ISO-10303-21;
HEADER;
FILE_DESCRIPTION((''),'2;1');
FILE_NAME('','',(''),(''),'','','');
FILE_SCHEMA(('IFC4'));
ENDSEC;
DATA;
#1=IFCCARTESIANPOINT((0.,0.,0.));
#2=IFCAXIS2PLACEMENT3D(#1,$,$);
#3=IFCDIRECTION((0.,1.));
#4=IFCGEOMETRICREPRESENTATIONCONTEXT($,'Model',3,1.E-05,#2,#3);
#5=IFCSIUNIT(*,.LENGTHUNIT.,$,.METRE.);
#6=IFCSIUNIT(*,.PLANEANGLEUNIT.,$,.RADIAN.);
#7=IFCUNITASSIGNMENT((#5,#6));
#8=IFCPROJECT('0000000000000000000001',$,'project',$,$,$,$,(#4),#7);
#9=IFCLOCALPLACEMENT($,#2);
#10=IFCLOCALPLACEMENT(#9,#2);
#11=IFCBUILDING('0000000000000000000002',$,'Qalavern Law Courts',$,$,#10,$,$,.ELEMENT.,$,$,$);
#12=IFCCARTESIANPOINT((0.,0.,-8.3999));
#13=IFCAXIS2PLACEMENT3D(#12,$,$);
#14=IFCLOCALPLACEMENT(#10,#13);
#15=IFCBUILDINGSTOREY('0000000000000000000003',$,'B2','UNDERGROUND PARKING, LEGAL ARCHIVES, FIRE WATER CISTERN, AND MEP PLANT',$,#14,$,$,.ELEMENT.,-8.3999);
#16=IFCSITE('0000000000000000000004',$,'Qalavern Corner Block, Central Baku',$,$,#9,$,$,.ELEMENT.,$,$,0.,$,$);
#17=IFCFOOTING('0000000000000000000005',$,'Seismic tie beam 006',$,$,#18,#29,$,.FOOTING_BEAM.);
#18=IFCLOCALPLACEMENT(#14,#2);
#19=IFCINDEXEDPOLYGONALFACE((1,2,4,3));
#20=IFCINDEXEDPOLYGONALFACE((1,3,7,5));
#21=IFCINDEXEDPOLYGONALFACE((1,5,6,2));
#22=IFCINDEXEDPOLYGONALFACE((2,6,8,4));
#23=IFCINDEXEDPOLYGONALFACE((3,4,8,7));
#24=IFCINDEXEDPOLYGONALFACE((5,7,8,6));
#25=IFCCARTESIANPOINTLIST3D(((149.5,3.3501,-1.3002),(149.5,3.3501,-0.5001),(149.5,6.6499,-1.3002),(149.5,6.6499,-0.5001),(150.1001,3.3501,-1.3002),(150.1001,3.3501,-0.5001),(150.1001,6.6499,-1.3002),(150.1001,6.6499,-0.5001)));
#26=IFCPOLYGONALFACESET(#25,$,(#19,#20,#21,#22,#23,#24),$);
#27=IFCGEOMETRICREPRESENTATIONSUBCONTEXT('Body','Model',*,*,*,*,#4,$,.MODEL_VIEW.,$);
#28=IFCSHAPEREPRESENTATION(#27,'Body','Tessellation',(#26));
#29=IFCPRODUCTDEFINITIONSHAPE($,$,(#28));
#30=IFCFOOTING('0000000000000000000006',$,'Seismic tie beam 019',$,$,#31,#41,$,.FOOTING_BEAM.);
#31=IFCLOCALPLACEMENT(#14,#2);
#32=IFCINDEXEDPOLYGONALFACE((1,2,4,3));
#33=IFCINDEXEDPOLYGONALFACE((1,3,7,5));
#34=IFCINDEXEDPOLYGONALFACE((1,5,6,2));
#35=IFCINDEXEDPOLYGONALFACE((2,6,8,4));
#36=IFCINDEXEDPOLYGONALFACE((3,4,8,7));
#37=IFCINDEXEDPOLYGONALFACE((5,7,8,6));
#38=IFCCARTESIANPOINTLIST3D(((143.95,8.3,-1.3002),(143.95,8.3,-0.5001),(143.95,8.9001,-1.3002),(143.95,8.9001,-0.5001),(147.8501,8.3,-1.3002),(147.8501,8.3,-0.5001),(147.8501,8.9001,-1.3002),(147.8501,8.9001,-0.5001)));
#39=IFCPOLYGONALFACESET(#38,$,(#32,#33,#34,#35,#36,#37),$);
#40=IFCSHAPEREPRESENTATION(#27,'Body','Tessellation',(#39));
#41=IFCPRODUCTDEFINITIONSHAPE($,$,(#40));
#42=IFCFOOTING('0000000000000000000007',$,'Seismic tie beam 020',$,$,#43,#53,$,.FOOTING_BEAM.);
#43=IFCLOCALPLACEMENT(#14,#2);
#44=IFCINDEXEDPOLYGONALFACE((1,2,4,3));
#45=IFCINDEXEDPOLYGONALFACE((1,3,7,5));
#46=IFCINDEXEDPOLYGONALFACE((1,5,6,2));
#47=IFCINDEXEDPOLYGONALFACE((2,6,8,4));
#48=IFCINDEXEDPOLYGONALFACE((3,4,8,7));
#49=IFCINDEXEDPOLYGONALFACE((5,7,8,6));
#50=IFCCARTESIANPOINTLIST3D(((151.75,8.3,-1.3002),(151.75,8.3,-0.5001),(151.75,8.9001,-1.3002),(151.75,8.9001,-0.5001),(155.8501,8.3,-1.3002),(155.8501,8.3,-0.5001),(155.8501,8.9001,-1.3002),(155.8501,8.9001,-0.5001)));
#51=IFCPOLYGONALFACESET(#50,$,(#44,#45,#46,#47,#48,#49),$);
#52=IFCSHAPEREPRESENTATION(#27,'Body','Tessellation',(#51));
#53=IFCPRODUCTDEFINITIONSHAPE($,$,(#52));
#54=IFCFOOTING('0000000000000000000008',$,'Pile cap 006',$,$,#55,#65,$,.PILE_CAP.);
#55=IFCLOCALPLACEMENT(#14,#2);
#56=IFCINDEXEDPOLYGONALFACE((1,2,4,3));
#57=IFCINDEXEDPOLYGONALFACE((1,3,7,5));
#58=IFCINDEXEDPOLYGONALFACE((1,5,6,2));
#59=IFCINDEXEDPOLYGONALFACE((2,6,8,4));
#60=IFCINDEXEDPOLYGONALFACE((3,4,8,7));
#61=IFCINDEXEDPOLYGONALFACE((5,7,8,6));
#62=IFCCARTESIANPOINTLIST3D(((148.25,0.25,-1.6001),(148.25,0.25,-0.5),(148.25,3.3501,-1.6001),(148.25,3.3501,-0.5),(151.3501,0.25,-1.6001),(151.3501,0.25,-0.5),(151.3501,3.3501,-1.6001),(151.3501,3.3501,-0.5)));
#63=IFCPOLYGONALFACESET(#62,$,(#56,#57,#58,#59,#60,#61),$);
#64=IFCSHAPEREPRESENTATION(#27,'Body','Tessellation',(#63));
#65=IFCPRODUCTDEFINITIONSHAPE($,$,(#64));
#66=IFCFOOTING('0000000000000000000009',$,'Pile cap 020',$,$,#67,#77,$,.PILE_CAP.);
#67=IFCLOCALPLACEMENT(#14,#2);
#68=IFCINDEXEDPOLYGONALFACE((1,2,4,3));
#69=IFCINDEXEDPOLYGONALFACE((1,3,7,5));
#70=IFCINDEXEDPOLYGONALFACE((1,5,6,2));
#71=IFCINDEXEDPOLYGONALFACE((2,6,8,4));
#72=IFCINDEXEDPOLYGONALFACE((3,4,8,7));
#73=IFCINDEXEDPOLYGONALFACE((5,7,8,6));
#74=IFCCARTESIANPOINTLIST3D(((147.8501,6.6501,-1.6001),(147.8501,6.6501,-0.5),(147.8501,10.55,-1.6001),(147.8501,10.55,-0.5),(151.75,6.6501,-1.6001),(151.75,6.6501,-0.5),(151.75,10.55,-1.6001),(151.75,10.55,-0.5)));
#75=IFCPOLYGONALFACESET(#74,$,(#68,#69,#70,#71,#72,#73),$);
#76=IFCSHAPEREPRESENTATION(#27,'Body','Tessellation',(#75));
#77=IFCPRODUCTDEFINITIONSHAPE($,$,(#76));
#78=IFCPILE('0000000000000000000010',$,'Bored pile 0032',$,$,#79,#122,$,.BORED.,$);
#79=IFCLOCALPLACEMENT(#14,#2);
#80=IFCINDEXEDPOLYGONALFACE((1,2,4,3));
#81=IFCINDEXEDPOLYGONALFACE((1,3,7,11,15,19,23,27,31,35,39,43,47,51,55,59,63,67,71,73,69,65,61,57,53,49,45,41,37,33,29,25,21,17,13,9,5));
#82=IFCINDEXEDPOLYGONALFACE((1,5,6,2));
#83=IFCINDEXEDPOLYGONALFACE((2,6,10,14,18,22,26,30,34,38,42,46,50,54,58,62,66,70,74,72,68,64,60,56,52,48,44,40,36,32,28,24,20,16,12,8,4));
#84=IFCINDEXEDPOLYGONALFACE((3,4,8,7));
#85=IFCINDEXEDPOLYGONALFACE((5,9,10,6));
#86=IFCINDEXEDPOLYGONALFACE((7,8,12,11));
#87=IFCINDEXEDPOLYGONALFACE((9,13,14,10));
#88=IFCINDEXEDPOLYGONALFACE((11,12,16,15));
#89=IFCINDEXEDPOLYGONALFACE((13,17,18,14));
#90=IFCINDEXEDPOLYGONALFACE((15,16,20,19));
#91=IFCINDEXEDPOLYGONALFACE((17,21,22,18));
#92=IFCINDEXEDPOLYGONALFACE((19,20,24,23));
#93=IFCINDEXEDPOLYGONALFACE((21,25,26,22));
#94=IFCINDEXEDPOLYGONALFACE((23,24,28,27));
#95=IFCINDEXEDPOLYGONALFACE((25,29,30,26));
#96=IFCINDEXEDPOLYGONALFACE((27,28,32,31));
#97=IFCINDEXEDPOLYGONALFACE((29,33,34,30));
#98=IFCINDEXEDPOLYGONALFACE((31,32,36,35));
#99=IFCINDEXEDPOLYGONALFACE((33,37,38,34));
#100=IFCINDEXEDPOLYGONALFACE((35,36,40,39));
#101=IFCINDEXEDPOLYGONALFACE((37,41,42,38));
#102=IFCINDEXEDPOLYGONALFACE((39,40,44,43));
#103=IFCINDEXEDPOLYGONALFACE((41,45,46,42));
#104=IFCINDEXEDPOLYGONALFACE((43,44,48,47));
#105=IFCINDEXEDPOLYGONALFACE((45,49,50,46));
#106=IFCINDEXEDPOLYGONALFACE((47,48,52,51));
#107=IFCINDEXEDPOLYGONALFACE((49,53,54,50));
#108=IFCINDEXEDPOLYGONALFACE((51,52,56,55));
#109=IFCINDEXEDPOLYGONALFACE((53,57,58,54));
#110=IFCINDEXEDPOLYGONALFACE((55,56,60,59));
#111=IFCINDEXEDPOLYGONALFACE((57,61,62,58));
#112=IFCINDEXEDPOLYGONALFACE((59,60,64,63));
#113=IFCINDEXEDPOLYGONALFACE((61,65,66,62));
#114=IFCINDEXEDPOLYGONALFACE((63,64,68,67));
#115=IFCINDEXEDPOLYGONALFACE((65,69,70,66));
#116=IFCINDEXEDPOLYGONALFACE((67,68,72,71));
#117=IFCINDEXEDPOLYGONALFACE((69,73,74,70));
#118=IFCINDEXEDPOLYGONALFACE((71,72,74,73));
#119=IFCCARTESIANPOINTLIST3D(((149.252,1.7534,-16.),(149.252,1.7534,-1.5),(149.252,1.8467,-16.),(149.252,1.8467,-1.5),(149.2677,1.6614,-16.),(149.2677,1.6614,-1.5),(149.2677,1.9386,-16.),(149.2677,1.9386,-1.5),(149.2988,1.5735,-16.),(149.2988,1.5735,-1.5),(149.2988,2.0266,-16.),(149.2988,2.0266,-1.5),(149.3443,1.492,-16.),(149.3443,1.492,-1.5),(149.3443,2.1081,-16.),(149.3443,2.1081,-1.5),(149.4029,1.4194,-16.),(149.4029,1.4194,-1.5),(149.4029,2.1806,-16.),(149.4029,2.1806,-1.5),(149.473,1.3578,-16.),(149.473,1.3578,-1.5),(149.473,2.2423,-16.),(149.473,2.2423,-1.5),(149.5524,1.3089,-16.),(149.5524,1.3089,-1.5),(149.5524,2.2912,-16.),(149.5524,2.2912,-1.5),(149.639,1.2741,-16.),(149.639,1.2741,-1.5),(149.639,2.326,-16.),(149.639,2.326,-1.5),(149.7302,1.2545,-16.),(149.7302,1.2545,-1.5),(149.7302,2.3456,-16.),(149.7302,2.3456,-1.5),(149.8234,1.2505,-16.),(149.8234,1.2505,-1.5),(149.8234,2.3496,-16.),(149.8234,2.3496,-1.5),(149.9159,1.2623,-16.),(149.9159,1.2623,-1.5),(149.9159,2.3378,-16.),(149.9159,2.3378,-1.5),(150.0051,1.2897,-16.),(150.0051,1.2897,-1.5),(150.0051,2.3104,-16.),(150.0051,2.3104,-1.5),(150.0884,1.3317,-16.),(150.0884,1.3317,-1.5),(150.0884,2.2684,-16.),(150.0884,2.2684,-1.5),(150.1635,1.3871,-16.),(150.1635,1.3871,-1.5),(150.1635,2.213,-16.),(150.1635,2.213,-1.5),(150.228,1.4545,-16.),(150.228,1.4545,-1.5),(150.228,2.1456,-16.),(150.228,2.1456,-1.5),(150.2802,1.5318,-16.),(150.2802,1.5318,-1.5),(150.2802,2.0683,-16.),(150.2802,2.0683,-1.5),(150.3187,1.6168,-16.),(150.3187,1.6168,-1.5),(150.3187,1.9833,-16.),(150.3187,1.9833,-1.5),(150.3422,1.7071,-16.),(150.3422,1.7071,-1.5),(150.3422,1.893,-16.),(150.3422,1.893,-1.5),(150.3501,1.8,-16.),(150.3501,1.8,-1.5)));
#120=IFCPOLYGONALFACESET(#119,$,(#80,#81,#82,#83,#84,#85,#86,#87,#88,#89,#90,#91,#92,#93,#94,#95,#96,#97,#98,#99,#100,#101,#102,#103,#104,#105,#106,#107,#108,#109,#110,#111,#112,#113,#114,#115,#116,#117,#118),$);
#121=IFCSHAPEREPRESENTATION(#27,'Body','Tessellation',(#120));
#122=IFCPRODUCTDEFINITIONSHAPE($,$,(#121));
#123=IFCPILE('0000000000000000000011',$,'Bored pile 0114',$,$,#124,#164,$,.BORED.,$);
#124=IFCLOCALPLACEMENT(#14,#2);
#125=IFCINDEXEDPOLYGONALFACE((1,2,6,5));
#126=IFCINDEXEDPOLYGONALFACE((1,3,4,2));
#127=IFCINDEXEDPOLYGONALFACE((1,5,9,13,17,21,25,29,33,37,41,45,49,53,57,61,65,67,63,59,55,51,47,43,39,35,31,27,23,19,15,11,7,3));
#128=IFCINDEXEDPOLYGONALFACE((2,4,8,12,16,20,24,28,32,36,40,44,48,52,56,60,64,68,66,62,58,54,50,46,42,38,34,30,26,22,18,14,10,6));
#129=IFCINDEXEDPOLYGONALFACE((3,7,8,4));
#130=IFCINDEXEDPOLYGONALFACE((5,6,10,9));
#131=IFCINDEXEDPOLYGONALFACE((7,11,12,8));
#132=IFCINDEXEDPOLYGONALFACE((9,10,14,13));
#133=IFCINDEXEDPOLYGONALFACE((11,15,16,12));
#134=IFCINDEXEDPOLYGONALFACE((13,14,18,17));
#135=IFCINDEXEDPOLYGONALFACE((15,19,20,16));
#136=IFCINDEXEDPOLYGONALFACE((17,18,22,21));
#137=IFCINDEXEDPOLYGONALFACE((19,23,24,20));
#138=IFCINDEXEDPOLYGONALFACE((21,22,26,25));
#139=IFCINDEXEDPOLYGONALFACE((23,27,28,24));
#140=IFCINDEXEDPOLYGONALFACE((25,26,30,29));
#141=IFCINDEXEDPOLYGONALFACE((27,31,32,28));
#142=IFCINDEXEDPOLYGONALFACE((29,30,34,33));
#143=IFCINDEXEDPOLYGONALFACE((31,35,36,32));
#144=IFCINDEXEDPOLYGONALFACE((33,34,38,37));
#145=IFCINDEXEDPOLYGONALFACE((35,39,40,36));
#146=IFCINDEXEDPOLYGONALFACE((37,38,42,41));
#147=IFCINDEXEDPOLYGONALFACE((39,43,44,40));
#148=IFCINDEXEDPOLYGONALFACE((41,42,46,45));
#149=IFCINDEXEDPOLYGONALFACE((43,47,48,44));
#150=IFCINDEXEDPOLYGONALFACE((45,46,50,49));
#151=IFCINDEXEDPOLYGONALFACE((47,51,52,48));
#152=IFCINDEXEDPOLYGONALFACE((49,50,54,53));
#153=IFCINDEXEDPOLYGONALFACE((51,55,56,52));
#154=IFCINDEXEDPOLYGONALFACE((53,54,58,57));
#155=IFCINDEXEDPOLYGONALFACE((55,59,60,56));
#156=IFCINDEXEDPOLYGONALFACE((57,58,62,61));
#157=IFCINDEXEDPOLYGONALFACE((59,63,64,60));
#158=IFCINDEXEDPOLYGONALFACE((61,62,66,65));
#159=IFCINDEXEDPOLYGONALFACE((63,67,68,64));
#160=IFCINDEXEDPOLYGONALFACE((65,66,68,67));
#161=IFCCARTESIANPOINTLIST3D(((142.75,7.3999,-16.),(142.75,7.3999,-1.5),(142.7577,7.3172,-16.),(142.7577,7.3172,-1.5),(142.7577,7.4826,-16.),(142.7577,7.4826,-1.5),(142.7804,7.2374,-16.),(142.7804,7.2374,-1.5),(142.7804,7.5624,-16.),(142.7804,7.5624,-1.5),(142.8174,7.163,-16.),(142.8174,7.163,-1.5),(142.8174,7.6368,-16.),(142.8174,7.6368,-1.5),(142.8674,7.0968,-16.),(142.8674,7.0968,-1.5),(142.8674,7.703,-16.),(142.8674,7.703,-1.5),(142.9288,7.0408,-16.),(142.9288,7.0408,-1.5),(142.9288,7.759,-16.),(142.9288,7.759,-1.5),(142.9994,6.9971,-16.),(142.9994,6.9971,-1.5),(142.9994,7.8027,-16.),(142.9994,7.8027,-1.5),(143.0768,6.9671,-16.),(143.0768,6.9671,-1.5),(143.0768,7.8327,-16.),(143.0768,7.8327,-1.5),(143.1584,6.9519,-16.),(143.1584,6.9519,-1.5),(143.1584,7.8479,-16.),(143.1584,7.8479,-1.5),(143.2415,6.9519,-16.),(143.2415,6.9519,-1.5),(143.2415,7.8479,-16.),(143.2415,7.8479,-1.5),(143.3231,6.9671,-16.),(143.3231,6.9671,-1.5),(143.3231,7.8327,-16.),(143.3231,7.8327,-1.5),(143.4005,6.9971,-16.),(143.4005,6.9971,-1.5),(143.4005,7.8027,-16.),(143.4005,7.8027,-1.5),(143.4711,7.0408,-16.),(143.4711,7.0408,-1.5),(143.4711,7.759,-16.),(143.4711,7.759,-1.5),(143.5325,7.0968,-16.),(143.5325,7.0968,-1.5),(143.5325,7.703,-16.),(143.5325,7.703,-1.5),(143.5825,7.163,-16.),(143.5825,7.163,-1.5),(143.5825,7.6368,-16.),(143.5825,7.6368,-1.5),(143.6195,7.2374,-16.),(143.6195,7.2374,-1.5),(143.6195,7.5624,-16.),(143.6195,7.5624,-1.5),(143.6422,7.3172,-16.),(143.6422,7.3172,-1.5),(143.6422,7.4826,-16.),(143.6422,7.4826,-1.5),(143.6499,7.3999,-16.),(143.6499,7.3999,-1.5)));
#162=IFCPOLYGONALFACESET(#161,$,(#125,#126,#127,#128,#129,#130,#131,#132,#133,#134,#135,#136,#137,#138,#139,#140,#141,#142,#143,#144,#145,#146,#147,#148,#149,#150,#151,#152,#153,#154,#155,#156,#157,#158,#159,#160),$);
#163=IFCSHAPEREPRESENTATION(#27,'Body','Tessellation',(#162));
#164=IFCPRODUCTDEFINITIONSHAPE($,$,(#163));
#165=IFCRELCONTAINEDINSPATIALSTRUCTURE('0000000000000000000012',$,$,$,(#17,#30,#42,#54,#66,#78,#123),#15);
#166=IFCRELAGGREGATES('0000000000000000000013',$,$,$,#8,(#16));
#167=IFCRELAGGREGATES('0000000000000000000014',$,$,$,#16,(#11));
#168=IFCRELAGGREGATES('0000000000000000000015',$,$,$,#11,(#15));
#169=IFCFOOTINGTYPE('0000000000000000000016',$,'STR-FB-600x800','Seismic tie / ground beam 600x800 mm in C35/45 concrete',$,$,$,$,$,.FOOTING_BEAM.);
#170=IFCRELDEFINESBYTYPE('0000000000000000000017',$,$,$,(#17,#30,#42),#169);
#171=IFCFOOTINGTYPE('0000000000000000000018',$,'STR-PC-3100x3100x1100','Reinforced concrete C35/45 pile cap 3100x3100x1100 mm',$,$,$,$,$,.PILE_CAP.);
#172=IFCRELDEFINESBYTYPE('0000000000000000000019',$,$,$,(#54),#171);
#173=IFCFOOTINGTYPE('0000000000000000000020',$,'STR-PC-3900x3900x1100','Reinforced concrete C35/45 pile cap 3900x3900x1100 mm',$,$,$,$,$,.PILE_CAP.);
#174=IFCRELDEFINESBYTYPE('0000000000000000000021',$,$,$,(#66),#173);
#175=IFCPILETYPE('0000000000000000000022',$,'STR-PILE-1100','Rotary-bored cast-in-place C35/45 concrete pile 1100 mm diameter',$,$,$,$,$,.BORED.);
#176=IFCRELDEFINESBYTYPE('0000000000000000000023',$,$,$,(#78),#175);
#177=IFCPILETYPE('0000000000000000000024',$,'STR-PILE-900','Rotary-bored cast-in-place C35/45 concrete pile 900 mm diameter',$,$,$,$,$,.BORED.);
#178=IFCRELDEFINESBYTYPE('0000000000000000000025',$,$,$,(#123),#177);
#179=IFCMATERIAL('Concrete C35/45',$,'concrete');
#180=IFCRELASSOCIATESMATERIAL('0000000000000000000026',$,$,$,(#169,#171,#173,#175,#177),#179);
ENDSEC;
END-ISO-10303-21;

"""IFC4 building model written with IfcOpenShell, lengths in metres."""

from ifc_helpers import new_model, si_unit, direction, frame, origin, origin_2d, place, context, subcontext, project, spatial, rectangle, circle, extrude, material, material_profile, profile_set, type_object, element, save


model = new_model("IFC4")

# Units and contexts
model_context = context("Model", 3, precision=1e-05, world=origin(), true_north=direction((0.0, 1.0)))
body_context = subcontext(model_context, "Body", "Model", "MODEL_VIEW")
ifc_project = project(units=[si_unit("LENGTHUNIT", "METRE"), si_unit("PLANEANGLEUNIT", "RADIAN")], contexts=[model_context])

# Site, building, storey
site_placement = place(None, origin())
site = spatial("IfcSite", under=ifc_project, at=site_placement, Name="Qalavern Corner Block, Central Baku", CompositionType="ELEMENT", RefElevation=0.0)
building_placement = place(site_placement, origin())
building = spatial("IfcBuilding", under=site, at=building_placement, Name="Qalavern Law Courts", CompositionType="ELEMENT")
storey_placement = place(building_placement, frame((0.0, 0.0, -8.3999)))
storey = spatial("IfcBuildingStorey", under=building, at=storey_placement, Name="B2", Description="UNDERGROUND PARKING, LEGAL ARCHIVES, FIRE WATER CISTERN, AND MEP PLANT", CompositionType="ELEMENT", Elevation=-8.3999)

# Footings
ifc_material_1 = material(Name="Concrete C35/45", Category="concrete")
ifc_material_profile_1 = material_profile(ifc_material_1, rectangle(XDim=0.6001, YDim=0.8, at=origin_2d()), Name="RC 600x800")
ifc_profile_set_1 = profile_set([ifc_material_profile_1], Name="Concrete C35/45")
footing_type_1 = type_object("IfcFootingType", Name="STR-FB-600x800", Description="Seismic tie / ground beam 600x800 mm in C35/45 concrete", PredefinedType="FOOTING_BEAM", material=ifc_profile_set_1)
footing_1_placement = place(storey_placement, frame((149.8, 3.3501, -0.9001), z_axis=(0.0, 1.0, 0.0), x_axis=(-1.0, 0.0, 0.0)))
element("IfcFooting", 1, at=footing_1_placement, inside=storey, type_object=footing_type_1, Name="Seismic tie beam 006", PredefinedType="FOOTING_BEAM", context=body_context, shape_type="SweptSolid", body=[
    extrude(rectangle(XDim=0.6001, YDim=0.8, at=origin_2d()), origin(), (0.0, 0.0, 1.0), 3.2998),
])
footing_2_placement = place(storey_placement, frame((143.95, 8.6001, -0.9001), z_axis=(1.0, 0.0, 0.0), x_axis=(0.0, 1.0, 0.0)))
element("IfcFooting", 2, at=footing_2_placement, inside=storey, type_object=footing_type_1, Name="Seismic tie beam 019", PredefinedType="FOOTING_BEAM", context=body_context, shape_type="SweptSolid", body=[
    extrude(rectangle(XDim=0.6001, YDim=0.8, at=origin_2d()), origin(), (0.0, 0.0, 1.0), 3.9001),
])
footing_3_placement = place(storey_placement, frame((151.75, 8.6001, -0.9001), z_axis=(1.0, 0.0, 0.0), x_axis=(0.0, 1.0, 0.0)))
element("IfcFooting", 3, at=footing_3_placement, inside=storey, type_object=footing_type_1, Name="Seismic tie beam 020", PredefinedType="FOOTING_BEAM", context=body_context, shape_type="SweptSolid", body=[
    extrude(rectangle(XDim=0.6001, YDim=0.8, at=origin_2d()), origin(), (0.0, 0.0, 1.0), 4.1001),
])
footing_type_2 = type_object("IfcFootingType", Name="STR-PC-3100x3100x1100", Description="Reinforced concrete C35/45 pile cap 3100x3100x1100 mm", PredefinedType="PILE_CAP", material=ifc_material_1)
footing_4_placement = place(storey_placement, frame((149.8, 1.8, -1.6001), z_axis=(0.0, 0.0, 1.0), x_axis=(1.0, 0.0, 0.0)))
element("IfcFooting", 4, at=footing_4_placement, inside=storey, type_object=footing_type_2, Name="Pile cap 006", PredefinedType="PILE_CAP", context=body_context, shape_type="SweptSolid", body=[
    extrude(rectangle(XDim=3.1001, YDim=3.1001, at=origin_2d()), origin(), (0.0, 0.0, 1.0), 1.1001),
])
footing_type_3 = type_object("IfcFootingType", Name="STR-PC-3900x3900x1100", Description="Reinforced concrete C35/45 pile cap 3900x3900x1100 mm", PredefinedType="PILE_CAP", material=ifc_material_1)
footing_5_placement = place(storey_placement, frame((149.8, 8.6001, -1.6001), z_axis=(0.0, 0.0, 1.0), x_axis=(1.0, 0.0, 0.0)))
element("IfcFooting", 5, at=footing_5_placement, inside=storey, type_object=footing_type_3, Name="Pile cap 020", PredefinedType="PILE_CAP", context=body_context, shape_type="SweptSolid", body=[
    extrude(rectangle(XDim=3.8999, YDim=3.8999, at=origin_2d()), origin(), (0.0, 0.0, 1.0), 1.1001),
])

# Piles
ifc_material_profile_2 = material_profile(ifc_material_1, circle(Radius=0.55, at=origin_2d()), Name="BORED PILE 1100")
ifc_profile_set_2 = profile_set([ifc_material_profile_2], Name="Concrete C35/45")
pile_type_1 = type_object("IfcPileType", Name="STR-PILE-1100", Description="Rotary-bored cast-in-place C35/45 concrete pile 1100 mm diameter", PredefinedType="BORED", material=ifc_profile_set_2)
pile_placement = place(storey_placement, frame((149.8, 1.8, -1.5), z_axis=(0.0, 0.0, -1.0), x_axis=(1.0, 0.0, 0.0)))
element("IfcPile", 6, at=pile_placement, inside=storey, type_object=pile_type_1, Name="Bored pile 0032", PredefinedType="BORED", context=body_context, shape_type="SweptSolid", body=[
    extrude(circle(Radius=0.55, at=origin_2d()), origin(), (0.0, 0.0, 1.0), 14.5),
])
ifc_material_profile_3 = material_profile(ifc_material_1, circle(Radius=0.45, at=origin_2d()), Name="BORED PILE 900")
ifc_profile_set_3 = profile_set([ifc_material_profile_3], Name="Concrete C35/45")
pile_type_2 = type_object("IfcPileType", Name="STR-PILE-900", Description="Rotary-bored cast-in-place C35/45 concrete pile 900 mm diameter", PredefinedType="BORED", material=ifc_profile_set_3)
for number, where, z_axis, x_axis, name in (
    (7, (143.2, 7.3999, -1.5), (0.0, 0.0, -1.0), (1.0, 0.0, 0.0), "Bored pile 0114"),
):
    element("IfcPile", number, at=place(storey_placement, frame(where, z_axis=z_axis, x_axis=x_axis)), inside=storey, type_object=pile_type_2, Name=name, PredefinedType="BORED", context=body_context, shape_type="SweptSolid", body=[
        extrude(circle(Radius=0.45, at=origin_2d()), origin(), (0.0, 0.0, 1.0), 14.5),
    ])

save(model, "model.ifc")
